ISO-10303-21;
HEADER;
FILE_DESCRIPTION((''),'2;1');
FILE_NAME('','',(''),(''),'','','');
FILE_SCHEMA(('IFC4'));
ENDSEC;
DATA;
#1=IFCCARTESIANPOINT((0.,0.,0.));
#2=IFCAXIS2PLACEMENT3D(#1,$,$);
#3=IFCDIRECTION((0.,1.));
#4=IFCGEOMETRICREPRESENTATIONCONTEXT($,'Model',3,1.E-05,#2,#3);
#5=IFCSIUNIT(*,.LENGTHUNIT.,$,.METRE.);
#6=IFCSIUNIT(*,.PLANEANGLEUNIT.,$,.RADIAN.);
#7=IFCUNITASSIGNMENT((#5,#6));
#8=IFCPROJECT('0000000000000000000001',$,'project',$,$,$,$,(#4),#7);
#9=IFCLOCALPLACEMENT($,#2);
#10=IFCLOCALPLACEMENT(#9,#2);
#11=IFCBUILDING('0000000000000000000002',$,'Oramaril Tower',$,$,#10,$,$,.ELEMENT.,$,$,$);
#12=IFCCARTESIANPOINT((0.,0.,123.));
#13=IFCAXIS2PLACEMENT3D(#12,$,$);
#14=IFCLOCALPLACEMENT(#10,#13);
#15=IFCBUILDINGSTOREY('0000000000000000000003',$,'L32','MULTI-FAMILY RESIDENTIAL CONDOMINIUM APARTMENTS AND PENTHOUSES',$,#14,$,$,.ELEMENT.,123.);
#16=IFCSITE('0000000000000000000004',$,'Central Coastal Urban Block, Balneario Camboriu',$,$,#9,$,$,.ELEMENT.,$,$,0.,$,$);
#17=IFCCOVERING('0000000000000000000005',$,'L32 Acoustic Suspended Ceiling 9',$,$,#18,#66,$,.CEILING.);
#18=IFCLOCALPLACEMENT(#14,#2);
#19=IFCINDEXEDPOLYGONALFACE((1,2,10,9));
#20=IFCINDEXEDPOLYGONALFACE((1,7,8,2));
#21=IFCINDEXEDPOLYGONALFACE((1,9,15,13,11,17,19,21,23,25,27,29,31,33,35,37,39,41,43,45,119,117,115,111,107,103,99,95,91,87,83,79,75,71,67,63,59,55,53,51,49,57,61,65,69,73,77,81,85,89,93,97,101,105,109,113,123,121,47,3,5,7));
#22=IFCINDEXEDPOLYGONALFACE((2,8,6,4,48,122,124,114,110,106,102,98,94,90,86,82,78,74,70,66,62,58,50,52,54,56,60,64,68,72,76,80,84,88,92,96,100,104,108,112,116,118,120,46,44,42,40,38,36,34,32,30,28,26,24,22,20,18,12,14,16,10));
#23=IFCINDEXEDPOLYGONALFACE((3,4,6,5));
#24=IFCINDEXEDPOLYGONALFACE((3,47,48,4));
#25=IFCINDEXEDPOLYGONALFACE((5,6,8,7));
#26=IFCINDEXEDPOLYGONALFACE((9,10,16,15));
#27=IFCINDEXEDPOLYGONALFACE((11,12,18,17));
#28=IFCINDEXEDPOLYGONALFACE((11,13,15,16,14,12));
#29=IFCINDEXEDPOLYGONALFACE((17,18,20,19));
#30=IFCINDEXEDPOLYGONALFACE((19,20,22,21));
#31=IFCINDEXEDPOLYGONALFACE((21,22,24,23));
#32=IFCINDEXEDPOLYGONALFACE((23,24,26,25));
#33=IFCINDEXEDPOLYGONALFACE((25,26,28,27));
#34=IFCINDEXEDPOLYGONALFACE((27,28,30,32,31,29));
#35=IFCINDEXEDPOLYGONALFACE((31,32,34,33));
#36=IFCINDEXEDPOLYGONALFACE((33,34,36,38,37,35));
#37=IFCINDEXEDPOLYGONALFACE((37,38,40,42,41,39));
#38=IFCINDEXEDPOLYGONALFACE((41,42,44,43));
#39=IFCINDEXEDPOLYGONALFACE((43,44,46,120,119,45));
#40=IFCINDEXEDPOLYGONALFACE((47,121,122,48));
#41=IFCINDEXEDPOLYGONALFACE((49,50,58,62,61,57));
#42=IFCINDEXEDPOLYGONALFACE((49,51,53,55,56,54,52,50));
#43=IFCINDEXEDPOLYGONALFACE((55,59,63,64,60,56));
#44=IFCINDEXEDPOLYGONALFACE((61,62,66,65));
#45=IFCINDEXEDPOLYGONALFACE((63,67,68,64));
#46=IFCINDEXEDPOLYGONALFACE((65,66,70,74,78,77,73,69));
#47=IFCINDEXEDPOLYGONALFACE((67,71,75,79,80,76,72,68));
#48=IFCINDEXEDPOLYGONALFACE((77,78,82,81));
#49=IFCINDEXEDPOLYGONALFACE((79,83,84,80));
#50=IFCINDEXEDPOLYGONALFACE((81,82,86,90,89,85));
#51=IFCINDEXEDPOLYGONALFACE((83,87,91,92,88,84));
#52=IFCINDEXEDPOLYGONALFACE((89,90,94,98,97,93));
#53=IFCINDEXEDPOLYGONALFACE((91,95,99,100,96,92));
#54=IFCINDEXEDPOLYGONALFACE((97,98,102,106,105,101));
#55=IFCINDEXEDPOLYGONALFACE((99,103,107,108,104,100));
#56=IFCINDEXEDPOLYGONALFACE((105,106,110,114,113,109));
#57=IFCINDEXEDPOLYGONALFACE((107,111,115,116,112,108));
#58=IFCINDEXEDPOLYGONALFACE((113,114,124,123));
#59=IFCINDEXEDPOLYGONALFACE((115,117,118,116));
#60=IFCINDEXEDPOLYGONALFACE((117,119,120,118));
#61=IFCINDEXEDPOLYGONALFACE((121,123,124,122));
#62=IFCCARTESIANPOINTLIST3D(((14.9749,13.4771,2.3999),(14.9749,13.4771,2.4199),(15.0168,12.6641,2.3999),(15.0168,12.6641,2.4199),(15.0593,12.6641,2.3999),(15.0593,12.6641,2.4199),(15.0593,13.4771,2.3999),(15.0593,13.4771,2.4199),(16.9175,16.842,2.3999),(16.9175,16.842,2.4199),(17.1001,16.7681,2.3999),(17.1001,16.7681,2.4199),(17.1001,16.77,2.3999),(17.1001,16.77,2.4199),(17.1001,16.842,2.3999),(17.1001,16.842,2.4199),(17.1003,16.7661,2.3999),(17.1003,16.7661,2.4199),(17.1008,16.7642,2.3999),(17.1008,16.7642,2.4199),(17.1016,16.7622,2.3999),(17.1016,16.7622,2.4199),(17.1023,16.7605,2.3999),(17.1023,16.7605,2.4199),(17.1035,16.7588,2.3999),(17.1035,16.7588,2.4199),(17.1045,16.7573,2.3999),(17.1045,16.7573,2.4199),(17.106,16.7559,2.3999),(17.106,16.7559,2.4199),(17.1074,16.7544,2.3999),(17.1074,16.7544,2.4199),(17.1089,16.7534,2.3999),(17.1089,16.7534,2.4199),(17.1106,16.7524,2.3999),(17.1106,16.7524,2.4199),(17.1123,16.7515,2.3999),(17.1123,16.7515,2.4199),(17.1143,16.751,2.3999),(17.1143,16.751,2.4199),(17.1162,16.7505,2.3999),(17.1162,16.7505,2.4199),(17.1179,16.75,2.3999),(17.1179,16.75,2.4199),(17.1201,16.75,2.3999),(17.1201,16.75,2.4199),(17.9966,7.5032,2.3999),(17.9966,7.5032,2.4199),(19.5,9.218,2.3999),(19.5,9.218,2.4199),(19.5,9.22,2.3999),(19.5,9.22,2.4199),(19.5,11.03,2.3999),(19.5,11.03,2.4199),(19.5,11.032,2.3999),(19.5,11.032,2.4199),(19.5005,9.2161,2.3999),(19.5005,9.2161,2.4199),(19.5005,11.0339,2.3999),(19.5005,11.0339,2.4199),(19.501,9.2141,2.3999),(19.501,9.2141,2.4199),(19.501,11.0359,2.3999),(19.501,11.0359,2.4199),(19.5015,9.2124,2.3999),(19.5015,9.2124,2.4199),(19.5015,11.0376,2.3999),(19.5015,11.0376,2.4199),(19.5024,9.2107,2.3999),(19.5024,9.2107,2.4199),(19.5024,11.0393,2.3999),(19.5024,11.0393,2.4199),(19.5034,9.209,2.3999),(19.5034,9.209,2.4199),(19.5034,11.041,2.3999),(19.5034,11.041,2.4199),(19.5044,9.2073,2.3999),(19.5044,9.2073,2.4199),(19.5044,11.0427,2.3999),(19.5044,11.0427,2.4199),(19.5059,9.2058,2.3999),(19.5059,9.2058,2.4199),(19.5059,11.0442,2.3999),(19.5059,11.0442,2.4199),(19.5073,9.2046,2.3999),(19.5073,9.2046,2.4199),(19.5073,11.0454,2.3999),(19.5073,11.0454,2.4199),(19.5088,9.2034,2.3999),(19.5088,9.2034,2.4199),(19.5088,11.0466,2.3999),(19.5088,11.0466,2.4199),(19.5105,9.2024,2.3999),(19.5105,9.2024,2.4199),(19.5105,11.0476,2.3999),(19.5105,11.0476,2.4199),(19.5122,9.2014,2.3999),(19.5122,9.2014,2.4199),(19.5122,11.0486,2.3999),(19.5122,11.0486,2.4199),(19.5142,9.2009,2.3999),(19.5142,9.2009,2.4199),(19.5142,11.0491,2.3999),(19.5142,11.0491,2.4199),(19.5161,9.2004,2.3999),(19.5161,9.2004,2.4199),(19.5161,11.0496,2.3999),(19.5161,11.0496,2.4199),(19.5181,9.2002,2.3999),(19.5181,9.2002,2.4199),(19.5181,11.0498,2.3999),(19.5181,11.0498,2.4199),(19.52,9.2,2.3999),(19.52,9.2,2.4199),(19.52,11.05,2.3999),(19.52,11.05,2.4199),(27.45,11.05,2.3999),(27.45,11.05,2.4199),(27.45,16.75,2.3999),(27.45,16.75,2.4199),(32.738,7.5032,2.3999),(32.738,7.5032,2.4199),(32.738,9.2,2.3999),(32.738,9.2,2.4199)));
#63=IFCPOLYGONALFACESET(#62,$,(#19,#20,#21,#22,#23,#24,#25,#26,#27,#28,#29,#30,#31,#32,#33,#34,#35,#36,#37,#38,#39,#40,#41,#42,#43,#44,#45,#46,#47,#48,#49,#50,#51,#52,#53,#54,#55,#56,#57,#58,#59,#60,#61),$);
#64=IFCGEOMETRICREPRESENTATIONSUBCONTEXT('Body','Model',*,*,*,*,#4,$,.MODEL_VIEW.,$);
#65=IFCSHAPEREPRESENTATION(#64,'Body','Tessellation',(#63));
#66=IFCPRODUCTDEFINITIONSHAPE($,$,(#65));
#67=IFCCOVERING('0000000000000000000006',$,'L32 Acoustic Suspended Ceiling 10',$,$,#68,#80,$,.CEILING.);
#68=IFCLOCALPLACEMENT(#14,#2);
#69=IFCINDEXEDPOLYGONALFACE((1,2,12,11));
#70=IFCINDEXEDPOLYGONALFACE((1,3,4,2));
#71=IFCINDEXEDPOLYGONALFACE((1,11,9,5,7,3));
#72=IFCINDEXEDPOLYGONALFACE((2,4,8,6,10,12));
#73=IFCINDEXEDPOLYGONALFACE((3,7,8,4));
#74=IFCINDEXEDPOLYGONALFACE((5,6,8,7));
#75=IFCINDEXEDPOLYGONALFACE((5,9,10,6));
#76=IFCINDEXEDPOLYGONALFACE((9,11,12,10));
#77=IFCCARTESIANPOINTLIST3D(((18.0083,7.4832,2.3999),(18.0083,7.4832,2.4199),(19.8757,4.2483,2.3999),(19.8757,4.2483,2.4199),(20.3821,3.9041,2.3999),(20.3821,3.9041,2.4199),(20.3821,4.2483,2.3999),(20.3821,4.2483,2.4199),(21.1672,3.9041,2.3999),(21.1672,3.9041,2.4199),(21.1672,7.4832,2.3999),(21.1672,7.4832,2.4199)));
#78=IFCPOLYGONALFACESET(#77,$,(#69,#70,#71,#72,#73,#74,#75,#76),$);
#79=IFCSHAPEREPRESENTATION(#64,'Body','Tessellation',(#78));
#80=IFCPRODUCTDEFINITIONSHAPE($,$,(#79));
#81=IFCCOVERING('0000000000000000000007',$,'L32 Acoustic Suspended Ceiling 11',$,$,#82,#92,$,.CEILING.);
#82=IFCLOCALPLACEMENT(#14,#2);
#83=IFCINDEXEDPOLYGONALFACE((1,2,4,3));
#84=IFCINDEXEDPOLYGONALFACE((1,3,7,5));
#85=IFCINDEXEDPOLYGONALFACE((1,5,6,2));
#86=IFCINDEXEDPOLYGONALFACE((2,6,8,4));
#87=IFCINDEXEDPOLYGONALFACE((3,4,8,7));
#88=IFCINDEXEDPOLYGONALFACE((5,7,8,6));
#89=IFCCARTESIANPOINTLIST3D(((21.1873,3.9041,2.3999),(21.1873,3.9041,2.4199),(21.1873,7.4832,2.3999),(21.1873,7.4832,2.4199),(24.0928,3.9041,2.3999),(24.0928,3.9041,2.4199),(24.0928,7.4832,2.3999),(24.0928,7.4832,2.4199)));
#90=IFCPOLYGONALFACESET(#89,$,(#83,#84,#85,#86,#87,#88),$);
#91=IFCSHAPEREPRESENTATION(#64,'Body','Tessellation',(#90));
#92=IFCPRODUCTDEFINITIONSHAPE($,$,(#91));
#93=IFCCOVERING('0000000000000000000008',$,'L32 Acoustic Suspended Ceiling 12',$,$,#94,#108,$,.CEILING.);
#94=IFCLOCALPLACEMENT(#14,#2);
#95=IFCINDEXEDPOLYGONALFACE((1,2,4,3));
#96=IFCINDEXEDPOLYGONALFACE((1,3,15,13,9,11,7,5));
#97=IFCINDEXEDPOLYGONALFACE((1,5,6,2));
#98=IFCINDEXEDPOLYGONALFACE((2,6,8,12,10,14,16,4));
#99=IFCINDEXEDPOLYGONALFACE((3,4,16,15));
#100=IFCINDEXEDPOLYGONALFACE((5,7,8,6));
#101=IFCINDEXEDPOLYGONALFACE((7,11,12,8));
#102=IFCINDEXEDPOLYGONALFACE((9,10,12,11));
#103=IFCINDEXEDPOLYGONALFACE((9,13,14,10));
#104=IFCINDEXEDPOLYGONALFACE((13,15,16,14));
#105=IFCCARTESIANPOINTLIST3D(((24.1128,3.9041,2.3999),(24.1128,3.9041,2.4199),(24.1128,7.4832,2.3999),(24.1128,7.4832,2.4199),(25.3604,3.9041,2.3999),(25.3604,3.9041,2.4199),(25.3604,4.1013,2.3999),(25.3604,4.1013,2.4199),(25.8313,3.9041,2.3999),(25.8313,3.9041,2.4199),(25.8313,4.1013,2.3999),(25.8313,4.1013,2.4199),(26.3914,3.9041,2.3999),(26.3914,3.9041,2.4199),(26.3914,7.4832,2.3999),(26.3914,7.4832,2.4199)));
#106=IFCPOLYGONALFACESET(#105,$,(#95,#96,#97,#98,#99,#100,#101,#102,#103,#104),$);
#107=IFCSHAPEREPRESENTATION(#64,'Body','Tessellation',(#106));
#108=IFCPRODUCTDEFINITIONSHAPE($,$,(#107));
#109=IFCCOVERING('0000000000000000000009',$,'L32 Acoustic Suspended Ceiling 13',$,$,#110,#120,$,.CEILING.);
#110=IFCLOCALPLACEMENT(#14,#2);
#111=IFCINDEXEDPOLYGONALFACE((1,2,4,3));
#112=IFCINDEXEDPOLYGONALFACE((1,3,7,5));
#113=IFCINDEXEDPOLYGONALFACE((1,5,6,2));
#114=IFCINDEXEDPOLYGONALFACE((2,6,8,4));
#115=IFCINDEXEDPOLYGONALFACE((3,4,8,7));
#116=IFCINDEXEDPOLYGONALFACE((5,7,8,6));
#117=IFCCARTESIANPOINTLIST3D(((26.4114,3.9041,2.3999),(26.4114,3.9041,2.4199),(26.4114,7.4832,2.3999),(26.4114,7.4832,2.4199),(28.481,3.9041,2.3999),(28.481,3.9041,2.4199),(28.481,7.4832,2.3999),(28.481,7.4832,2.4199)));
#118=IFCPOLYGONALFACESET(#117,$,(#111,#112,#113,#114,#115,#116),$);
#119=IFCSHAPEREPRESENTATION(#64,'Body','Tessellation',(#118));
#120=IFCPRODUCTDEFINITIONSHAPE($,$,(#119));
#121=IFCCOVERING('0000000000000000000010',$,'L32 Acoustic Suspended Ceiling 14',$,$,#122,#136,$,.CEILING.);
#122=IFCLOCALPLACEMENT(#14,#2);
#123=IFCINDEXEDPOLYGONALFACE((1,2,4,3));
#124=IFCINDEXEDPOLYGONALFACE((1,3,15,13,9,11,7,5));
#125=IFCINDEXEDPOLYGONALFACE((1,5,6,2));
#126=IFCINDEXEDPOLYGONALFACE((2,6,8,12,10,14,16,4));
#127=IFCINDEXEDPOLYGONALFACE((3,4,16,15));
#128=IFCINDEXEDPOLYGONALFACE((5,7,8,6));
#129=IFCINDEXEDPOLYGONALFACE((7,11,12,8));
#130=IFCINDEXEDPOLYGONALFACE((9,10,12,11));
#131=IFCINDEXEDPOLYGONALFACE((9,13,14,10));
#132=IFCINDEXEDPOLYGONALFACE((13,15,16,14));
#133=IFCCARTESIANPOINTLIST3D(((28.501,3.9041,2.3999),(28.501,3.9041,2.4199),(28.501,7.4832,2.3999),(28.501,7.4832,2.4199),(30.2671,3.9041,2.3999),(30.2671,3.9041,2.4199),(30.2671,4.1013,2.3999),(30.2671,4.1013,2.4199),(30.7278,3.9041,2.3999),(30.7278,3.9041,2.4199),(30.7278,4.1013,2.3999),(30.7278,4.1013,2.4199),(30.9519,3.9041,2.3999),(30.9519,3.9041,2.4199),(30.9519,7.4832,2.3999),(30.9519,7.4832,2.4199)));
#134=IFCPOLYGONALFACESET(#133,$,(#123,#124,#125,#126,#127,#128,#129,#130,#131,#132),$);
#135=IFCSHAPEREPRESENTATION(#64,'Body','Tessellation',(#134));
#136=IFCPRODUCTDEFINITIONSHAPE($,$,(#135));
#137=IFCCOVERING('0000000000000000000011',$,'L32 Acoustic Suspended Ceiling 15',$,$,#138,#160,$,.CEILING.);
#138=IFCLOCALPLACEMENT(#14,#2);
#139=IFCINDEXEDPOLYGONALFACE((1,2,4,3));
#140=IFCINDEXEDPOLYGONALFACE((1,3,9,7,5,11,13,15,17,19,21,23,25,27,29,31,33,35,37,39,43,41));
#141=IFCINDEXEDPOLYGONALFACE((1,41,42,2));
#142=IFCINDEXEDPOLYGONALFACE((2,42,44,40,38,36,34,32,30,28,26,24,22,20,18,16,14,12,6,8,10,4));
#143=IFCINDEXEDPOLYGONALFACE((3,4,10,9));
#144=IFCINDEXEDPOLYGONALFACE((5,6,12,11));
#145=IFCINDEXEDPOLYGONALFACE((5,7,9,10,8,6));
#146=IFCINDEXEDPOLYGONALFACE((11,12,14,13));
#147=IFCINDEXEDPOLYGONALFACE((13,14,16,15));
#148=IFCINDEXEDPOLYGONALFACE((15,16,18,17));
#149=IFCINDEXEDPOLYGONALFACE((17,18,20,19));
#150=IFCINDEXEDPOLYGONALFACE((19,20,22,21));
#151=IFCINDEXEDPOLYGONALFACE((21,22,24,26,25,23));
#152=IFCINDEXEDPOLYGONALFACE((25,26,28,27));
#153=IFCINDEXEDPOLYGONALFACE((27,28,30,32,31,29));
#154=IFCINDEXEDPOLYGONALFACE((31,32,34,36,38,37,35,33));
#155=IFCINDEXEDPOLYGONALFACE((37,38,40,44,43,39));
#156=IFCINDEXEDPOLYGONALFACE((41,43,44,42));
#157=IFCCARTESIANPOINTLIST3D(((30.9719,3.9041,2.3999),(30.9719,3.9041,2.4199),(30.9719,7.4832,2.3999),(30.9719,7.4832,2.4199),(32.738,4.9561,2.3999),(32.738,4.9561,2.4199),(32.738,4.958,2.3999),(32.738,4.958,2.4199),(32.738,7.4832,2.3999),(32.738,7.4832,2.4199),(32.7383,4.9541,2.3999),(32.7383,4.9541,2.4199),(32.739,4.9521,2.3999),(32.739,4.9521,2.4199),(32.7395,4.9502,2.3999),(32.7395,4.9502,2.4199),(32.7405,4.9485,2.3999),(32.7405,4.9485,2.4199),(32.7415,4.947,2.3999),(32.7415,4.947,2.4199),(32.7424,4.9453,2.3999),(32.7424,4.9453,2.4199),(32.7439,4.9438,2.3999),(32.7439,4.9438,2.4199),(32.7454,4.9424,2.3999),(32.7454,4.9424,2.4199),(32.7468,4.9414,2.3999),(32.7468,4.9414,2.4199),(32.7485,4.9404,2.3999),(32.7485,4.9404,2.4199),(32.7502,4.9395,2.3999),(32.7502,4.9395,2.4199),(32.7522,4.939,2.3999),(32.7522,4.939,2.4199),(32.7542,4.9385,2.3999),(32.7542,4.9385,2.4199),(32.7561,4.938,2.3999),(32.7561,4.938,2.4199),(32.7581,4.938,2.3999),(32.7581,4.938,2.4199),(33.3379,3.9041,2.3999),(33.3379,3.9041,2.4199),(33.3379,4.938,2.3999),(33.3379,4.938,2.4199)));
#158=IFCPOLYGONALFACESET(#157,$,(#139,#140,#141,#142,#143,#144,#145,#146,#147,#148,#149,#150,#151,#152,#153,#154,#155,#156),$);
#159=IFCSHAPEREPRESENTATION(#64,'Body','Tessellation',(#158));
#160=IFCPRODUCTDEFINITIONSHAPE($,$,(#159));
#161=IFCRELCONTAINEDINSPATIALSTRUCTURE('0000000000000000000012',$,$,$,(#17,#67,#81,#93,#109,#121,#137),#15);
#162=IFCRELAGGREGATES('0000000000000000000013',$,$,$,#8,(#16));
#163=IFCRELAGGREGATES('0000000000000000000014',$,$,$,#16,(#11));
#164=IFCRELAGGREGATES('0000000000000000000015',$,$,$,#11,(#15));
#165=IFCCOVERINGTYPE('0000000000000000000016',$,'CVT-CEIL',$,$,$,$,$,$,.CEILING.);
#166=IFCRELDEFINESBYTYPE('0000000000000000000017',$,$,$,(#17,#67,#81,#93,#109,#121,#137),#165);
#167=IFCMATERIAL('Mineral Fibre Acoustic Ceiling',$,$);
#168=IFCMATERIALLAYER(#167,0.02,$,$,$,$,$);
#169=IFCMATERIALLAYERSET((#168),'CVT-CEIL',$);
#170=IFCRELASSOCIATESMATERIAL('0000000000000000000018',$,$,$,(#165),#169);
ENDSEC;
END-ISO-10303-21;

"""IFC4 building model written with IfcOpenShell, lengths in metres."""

from ifc_helpers import new_model, si_unit, direction, frame, origin, place, context, subcontext, project, spatial, polyline, outline, extrude, material, layer, layer_set, type_object, element, save


model = new_model("IFC4")

# Units and contexts
model_context = context("Model", 3, precision=1e-05, world=origin(), true_north=direction((0.0, 1.0)))
body_context = subcontext(model_context, "Body", "Model", "MODEL_VIEW")
ifc_project = project(units=[si_unit("LENGTHUNIT", "METRE"), si_unit("PLANEANGLEUNIT", "RADIAN")], contexts=[model_context])

# Site, building, storey
site_placement = place(None, origin())
site = spatial("IfcSite", under=ifc_project, at=site_placement, Name="Central Coastal Urban Block, Balneario Camboriu", CompositionType="ELEMENT", RefElevation=0.0)
building_placement = place(site_placement, origin())
building = spatial("IfcBuilding", under=site, at=building_placement, Name="Oramaril Tower", CompositionType="ELEMENT")
storey_placement = place(building_placement, frame((0.0, 0.0, 123.0)))
storey = spatial("IfcBuildingStorey", under=building, at=storey_placement, Name="L32", Description="MULTI-FAMILY RESIDENTIAL CONDOMINIUM APARTMENTS AND PENTHOUSES", CompositionType="ELEMENT", Elevation=123.0)

# Coverings
ifc_material_1 = material(Name="Mineral Fibre Acoustic Ceiling")
ifc_layer_1 = layer(ifc_material_1, 0.02)
ifc_layer_set_1 = layer_set([ifc_layer_1], Name="CVT-CEIL")
covering_type_1 = type_object("IfcCoveringType", Name="CVT-CEIL", PredefinedType="CEILING", material=ifc_layer_set_1)
covering_1_placement = place(storey_placement, frame((0.0, 0.0, 2.3999)))
element("IfcCovering", 1, at=covering_1_placement, inside=storey, type_object=covering_type_1, Name="L32 Acoustic Suspended Ceiling 9", PredefinedType="CEILING", context=body_context, shape_type="SweptSolid", body=[
    extrude(outline(polyline([(17.1001, 16.842), (17.1001, 16.77), (17.1001, 16.7681), (17.1003, 16.7661), (17.1008, 16.7642), (17.1016, 16.7622), (17.1023, 16.7605), (17.1035, 16.7588), (17.1045, 16.7573), (17.106, 16.7559), (17.1074, 16.7544), (17.1089, 16.7534), (17.1106, 16.7524), (17.1123, 16.7515), (17.1143, 16.751), (17.1162, 16.7505), (17.1179, 16.75), (17.1201, 16.75), (27.45, 16.75), (27.45, 11.05), (19.52, 11.05), (19.5181, 11.0498), (19.5161, 11.0496), (19.5142, 11.0491), (19.5122, 11.0486), (19.5105, 11.0476), (19.5088, 11.0466), (19.5073, 11.0454), (19.5059, 11.0442), (19.5044, 11.0427), (19.5034, 11.041), (19.5024, 11.0393), (19.5015, 11.0376), (19.501, 11.0359), (19.5005, 11.0339), (19.5, 11.032), (19.5, 11.03), (19.5, 9.22), (19.5, 9.218), (19.5005, 9.2161), (19.501, 9.2141), (19.5015, 9.2124), (19.5024, 9.2107), (19.5034, 9.209), (19.5044, 9.2073), (19.5059, 9.2058), (19.5073, 9.2046), (19.5088, 9.2034), (19.5105, 9.2024), (19.5122, 9.2014), (19.5142, 9.2009), (19.5161, 9.2004), (19.5181, 9.2002), (19.52, 9.2), (32.738, 9.2), (32.738, 7.5032), (17.9966, 7.5032), (15.0168, 12.6641), (15.0593, 12.6641), (15.0593, 13.4771), (14.9749, 13.4771), (16.9175, 16.842), (17.1001, 16.842)])), origin(), (0.0, 0.0, 1.0), 0.02),
])
covering_2_placement = place(storey_placement, frame((0.0, 0.0, 2.3999)))
element("IfcCovering", 2, at=covering_2_placement, inside=storey, type_object=covering_type_1, Name="L32 Acoustic Suspended Ceiling 10", PredefinedType="CEILING", context=body_context, shape_type="SweptSolid", body=[
    extrude(outline(polyline([(20.3821, 3.9041), (20.3821, 4.2483), (19.8757, 4.2483), (18.0083, 7.4832), (21.1672, 7.4832), (21.1672, 3.9041), (20.3821, 3.9041)])), origin(), (0.0, 0.0, 1.0), 0.02),
])
covering_3_placement = place(storey_placement, frame((0.0, 0.0, 2.3999)))
element("IfcCovering", 3, at=covering_3_placement, inside=storey, type_object=covering_type_1, Name="L32 Acoustic Suspended Ceiling 11", PredefinedType="CEILING", context=body_context, shape_type="SweptSolid", body=[
    extrude(outline(polyline([(21.1873, 3.9041), (21.1873, 7.4832), (24.0928, 7.4832), (24.0928, 3.9041), (21.1873, 3.9041)])), origin(), (0.0, 0.0, 1.0), 0.02),
])
covering_4_placement = place(storey_placement, frame((0.0, 0.0, 2.3999)))
element("IfcCovering", 4, at=covering_4_placement, inside=storey, type_object=covering_type_1, Name="L32 Acoustic Suspended Ceiling 12", PredefinedType="CEILING", context=body_context, shape_type="SweptSolid", body=[
    extrude(outline(polyline([(25.8313, 3.9041), (25.8313, 4.1013), (25.3604, 4.1013), (25.3604, 3.9041), (24.1128, 3.9041), (24.1128, 7.4832), (26.3914, 7.4832), (26.3914, 3.9041), (25.8313, 3.9041)])), origin(), (0.0, 0.0, 1.0), 0.02),
])
covering_5_placement = place(storey_placement, frame((0.0, 0.0, 2.3999)))
element("IfcCovering", 5, at=covering_5_placement, inside=storey, type_object=covering_type_1, Name="L32 Acoustic Suspended Ceiling 13", PredefinedType="CEILING", context=body_context, shape_type="SweptSolid", body=[
    extrude(outline(polyline([(26.4114, 3.9041), (26.4114, 7.4832), (28.481, 7.4832), (28.481, 3.9041), (26.4114, 3.9041)])), origin(), (0.0, 0.0, 1.0), 0.02),
])
covering_6_placement = place(storey_placement, frame((0.0, 0.0, 2.3999)))
element("IfcCovering", 6, at=covering_6_placement, inside=storey, type_object=covering_type_1, Name="L32 Acoustic Suspended Ceiling 14", PredefinedType="CEILING", context=body_context, shape_type="SweptSolid", body=[
    extrude(outline(polyline([(30.7278, 3.9041), (30.7278, 4.1013), (30.2671, 4.1013), (30.2671, 3.9041), (28.501, 3.9041), (28.501, 7.4832), (30.9519, 7.4832), (30.9519, 3.9041), (30.7278, 3.9041)])), origin(), (0.0, 0.0, 1.0), 0.02),
])
covering_7_placement = place(storey_placement, frame((0.0, 0.0, 2.3999)))
element("IfcCovering", 7, at=covering_7_placement, inside=storey, type_object=covering_type_1, Name="L32 Acoustic Suspended Ceiling 15", PredefinedType="CEILING", context=body_context, shape_type="SweptSolid", body=[
    extrude(outline(polyline([(30.9719, 3.9041), (30.9719, 7.4832), (32.738, 7.4832), (32.738, 4.958), (32.738, 4.9561), (32.7383, 4.9541), (32.739, 4.9521), (32.7395, 4.9502), (32.7405, 4.9485), (32.7415, 4.947), (32.7424, 4.9453), (32.7439, 4.9438), (32.7454, 4.9424), (32.7468, 4.9414), (32.7485, 4.9404), (32.7502, 4.9395), (32.7522, 4.939), (32.7542, 4.9385), (32.7561, 4.938), (32.7581, 4.938), (33.3379, 4.938), (33.3379, 3.9041), (30.9719, 3.9041)])), origin(), (0.0, 0.0, 1.0), 0.02),
])

save(model, "model.ifc")
